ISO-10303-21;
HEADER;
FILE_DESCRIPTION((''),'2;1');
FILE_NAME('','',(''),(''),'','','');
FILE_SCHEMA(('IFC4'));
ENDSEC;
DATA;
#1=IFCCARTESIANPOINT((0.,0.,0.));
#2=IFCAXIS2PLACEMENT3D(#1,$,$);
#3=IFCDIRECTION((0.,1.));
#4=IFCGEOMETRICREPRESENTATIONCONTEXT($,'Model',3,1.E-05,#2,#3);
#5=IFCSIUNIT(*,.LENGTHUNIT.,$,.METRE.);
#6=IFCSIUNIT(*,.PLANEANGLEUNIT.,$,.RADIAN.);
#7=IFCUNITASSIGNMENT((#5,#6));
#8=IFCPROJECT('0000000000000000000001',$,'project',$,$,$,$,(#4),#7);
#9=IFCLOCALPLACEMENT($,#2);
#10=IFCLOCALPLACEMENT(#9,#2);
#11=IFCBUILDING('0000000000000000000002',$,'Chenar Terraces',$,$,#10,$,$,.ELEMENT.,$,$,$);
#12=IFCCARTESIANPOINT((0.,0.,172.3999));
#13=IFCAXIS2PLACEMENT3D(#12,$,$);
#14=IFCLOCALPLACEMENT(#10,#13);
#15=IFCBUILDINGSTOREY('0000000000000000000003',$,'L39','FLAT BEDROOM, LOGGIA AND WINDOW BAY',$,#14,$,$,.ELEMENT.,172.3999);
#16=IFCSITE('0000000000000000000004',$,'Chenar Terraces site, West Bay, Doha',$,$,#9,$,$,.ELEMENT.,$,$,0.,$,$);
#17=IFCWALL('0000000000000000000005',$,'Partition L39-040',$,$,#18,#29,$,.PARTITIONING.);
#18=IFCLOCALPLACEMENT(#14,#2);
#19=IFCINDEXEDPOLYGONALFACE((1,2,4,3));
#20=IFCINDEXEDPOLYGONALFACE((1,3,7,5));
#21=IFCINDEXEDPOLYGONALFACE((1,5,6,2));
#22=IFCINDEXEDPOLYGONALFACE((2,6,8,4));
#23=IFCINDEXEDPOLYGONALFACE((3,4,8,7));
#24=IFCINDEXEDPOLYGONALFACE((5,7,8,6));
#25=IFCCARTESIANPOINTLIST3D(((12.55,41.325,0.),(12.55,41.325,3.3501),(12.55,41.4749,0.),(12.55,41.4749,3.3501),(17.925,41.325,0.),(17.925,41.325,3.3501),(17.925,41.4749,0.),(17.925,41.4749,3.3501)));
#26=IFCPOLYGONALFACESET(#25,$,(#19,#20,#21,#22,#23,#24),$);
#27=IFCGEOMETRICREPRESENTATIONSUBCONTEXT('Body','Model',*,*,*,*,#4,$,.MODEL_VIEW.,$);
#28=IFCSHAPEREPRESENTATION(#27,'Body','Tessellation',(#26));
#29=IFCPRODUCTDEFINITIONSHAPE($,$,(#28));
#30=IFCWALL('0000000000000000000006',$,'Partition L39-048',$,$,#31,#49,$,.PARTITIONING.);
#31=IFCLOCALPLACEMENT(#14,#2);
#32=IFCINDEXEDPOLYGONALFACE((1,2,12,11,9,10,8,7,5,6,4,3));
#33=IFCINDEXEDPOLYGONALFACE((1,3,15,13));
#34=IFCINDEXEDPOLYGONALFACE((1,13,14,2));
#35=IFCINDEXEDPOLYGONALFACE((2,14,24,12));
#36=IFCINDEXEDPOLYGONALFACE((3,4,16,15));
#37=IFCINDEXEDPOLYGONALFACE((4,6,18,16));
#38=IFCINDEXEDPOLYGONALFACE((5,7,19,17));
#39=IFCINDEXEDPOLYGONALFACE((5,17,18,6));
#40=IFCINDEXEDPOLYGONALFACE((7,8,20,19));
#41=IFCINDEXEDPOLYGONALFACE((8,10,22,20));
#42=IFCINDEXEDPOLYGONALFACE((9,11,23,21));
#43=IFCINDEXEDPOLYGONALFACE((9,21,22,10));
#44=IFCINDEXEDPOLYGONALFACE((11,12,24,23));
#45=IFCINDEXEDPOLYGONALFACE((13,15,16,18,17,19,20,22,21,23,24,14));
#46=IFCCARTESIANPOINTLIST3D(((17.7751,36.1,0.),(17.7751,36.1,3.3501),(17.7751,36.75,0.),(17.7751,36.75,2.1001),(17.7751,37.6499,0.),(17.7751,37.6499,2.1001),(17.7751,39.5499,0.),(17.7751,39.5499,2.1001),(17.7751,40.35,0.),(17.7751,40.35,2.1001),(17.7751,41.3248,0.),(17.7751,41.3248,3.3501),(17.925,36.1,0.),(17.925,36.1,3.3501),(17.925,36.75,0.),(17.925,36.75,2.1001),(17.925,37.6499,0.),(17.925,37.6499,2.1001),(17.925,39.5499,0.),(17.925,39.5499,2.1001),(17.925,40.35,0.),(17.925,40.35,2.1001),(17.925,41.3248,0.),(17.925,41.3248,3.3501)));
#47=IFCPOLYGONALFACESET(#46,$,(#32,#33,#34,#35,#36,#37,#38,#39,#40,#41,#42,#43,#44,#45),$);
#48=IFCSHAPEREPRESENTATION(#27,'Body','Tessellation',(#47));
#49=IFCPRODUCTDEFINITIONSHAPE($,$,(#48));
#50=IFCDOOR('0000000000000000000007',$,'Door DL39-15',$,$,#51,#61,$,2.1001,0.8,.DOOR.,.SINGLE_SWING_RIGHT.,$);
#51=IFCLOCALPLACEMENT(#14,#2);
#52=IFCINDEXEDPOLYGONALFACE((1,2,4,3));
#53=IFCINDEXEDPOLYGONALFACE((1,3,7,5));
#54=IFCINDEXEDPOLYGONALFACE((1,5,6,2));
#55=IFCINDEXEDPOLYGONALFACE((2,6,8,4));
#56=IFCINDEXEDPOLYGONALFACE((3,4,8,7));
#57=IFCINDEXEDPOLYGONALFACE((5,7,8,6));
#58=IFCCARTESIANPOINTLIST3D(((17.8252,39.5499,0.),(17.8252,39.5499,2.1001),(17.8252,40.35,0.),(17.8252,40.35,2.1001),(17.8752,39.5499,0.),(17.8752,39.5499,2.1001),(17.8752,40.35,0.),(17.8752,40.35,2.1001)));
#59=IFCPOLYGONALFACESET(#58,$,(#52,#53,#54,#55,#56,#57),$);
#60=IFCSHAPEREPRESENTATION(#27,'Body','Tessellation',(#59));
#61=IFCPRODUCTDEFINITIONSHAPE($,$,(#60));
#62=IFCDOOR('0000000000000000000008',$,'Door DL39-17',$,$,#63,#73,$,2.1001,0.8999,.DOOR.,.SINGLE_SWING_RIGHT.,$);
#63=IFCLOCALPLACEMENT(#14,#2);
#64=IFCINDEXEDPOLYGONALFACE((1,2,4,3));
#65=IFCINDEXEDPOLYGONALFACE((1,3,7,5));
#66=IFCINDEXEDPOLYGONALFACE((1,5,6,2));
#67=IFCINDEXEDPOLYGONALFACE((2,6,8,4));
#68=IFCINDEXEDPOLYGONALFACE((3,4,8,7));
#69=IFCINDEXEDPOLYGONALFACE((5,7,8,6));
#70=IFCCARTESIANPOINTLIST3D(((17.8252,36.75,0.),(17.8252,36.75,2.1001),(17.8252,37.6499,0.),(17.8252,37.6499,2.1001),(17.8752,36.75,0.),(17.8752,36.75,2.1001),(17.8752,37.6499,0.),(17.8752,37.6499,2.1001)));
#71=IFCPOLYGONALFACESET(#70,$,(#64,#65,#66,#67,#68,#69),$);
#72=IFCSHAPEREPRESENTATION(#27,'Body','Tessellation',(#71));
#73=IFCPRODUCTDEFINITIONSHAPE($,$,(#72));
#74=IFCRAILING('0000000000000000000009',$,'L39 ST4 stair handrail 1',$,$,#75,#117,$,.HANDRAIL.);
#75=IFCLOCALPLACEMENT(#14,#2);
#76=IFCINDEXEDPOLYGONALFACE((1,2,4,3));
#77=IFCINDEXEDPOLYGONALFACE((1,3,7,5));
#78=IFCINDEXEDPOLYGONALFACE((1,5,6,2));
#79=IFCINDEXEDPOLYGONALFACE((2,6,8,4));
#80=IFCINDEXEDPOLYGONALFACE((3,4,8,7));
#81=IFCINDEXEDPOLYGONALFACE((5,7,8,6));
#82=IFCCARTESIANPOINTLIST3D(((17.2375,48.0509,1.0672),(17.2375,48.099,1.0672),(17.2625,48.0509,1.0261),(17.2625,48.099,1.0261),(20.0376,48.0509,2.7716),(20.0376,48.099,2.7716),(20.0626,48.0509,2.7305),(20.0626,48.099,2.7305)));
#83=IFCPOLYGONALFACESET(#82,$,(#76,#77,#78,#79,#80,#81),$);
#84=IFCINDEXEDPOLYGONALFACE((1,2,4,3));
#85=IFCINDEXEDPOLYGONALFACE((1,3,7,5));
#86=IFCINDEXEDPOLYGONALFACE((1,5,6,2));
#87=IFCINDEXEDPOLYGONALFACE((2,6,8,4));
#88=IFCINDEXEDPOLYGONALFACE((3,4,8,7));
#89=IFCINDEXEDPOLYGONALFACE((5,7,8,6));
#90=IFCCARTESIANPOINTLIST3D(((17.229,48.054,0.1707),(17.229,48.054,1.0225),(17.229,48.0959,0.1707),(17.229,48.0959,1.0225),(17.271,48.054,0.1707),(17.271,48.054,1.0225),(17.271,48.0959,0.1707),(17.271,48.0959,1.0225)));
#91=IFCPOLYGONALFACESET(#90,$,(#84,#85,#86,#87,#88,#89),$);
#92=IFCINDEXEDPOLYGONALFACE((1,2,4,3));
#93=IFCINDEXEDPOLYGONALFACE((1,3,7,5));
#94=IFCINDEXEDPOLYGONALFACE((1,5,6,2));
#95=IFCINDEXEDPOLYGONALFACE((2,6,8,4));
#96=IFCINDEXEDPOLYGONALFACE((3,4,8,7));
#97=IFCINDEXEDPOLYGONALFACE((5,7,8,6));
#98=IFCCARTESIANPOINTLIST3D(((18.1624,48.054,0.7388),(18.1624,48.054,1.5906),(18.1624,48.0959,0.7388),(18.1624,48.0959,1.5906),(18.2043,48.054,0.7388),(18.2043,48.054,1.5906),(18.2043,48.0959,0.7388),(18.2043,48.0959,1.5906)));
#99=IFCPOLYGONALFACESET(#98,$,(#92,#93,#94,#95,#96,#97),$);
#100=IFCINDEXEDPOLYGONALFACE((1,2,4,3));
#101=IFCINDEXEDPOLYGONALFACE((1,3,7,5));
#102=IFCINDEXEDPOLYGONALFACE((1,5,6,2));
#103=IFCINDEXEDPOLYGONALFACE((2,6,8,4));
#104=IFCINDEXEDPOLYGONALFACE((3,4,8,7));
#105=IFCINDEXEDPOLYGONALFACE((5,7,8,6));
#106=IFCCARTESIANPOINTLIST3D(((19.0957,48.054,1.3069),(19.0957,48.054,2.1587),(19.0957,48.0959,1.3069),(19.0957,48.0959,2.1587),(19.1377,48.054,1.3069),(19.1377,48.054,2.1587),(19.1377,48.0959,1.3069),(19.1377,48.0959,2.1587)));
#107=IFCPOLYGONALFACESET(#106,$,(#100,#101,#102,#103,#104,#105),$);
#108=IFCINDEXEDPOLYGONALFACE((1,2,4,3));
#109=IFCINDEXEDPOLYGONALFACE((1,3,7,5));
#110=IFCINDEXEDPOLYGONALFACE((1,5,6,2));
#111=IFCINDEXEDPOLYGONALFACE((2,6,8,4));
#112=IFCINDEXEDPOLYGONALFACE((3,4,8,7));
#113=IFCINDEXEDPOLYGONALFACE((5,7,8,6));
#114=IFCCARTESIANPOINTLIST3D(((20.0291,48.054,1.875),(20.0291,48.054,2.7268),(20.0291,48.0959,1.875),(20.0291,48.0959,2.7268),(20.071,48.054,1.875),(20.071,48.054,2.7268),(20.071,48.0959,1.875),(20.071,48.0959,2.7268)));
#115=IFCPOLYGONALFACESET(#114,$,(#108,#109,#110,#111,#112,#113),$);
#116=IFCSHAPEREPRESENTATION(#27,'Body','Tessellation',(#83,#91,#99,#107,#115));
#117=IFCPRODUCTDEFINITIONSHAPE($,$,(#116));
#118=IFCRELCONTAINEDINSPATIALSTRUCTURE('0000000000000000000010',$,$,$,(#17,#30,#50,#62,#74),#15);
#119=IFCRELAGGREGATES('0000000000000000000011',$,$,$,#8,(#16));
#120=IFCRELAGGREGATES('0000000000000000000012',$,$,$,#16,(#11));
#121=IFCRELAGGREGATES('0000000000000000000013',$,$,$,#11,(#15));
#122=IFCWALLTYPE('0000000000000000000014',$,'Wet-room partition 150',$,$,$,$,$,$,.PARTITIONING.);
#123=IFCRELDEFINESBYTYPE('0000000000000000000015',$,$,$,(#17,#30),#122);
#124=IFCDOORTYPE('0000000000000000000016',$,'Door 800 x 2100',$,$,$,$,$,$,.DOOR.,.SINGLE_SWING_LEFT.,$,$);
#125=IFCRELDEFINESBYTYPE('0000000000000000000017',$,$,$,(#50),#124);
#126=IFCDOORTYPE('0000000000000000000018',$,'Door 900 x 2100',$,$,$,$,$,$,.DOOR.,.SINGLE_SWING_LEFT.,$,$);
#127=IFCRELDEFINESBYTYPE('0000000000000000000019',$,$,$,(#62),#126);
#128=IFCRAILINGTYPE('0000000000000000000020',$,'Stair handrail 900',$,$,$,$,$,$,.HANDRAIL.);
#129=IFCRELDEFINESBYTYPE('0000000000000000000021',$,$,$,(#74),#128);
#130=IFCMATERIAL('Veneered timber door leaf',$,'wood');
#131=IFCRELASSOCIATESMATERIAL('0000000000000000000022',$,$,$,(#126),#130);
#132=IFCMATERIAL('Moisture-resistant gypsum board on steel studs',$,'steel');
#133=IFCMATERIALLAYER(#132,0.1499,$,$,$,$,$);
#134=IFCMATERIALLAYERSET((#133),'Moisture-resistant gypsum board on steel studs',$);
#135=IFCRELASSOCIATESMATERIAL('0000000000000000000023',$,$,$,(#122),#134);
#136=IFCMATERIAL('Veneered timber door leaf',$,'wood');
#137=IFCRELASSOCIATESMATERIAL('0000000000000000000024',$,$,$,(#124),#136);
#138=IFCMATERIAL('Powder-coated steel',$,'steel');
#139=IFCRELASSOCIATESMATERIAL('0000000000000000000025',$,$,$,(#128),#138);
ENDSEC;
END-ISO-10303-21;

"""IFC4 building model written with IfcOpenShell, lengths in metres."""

from ifc_helpers import new_model, si_unit, direction, frame, frame_2d, origin, origin_2d, place, context, subcontext, project, spatial, rectangle, extrude, material, layer, layer_set, type_object, element, fill, save


model = new_model("IFC4")

# Units and contexts
model_context = context("Model", 3, precision=1e-05, world=origin(), true_north=direction((0.0, 1.0)))
body_context = subcontext(model_context, "Body", "Model", "MODEL_VIEW")
ifc_project = project(units=[si_unit("LENGTHUNIT", "METRE"), si_unit("PLANEANGLEUNIT", "RADIAN")], contexts=[model_context])

# Site, building, storey
site_placement = place(None, origin())
site = spatial("IfcSite", under=ifc_project, at=site_placement, Name="Chenar Terraces site, West Bay, Doha", CompositionType="ELEMENT", RefElevation=0.0)
building_placement = place(site_placement, origin())
building = spatial("IfcBuilding", under=site, at=building_placement, Name="Chenar Terraces", CompositionType="ELEMENT")
storey_placement = place(building_placement, frame((0.0, 0.0, 172.3999)))
storey = spatial("IfcBuildingStorey", under=building, at=storey_placement, Name="L39", Description="FLAT BEDROOM, LOGGIA AND WINDOW BAY", CompositionType="ELEMENT", Elevation=172.3999)

# Shared definitions
ifc_material_1 = material(Name="Veneered timber door leaf", Category="wood")
door_type_1 = type_object("IfcDoorType", Name="Door 900 x 2100", OperationType="SINGLE_SWING_LEFT", PredefinedType="DOOR", material=ifc_material_1)

# Wall
ifc_material_2 = material(Name="Moisture-resistant gypsum board on steel studs", Category="steel")
ifc_layer_1 = layer(ifc_material_2, 0.1499)
ifc_layer_set_1 = layer_set([ifc_layer_1], Name="Moisture-resistant gypsum board on steel studs")
wall_type_1 = type_object("IfcWallType", Name="Wet-room partition 150", PredefinedType="PARTITIONING", material=ifc_layer_set_1)
wall_1_placement = place(storey_placement, frame((12.55, 41.3999, 0.0), z_axis=(0.0, 0.0, 1.0), x_axis=(1.0, 0.0, 0.0)))
element("IfcWall", 1, at=wall_1_placement, inside=storey, type_object=wall_type_1, Name="Partition L39-040", PredefinedType="PARTITIONING", context=body_context, shape_type="SweptSolid", body=[
    extrude(rectangle(XDim=5.375, YDim=0.1499, at=frame_2d((2.6875, 0.0))), origin(), (0.0, 0.0, 1.0), 3.3501),
])

# Wall, openings, doors
wall_2_placement = place(storey_placement, frame((17.8501, 36.1001, 0.0), z_axis=(0.0, 0.0, 1.0), x_axis=(0.0, 1.0, 0.0)))
wall_2 = element("IfcWall", 2, at=wall_2_placement, inside=storey, type_object=wall_type_1, Name="Partition L39-048", PredefinedType="PARTITIONING", context=body_context, shape_type="SweptSolid", body=[
    extrude(rectangle(XDim=5.2249, YDim=0.1499, at=frame_2d((2.6123, 0.0))), origin(), (0.0, 0.0, 1.0), 3.3501),
])
opening_1_placement = place(wall_2_placement, frame((3.45, 0.0, 0.0)))
opening_1 = element("IfcOpeningElement", 3, at=opening_1_placement, cuts=wall_2, PredefinedType="OPENING", context=body_context, shape_type="SweptSolid", body=[
    extrude(rectangle(XDim=0.8, YDim=2.1001, at=frame_2d((0.3999, 1.05))), frame((0.0, 0.085, 0.0), z_axis=(0.0, -1.0, 0.0), x_axis=(1.0, 0.0, 0.0)), (0.0, 0.0, 1.0), 0.1699),
])
opening_2_placement = place(wall_2_placement, frame((0.6499, 0.0, 0.0)))
opening_2 = element("IfcOpeningElement", 4, at=opening_2_placement, cuts=wall_2, PredefinedType="OPENING", context=body_context, shape_type="SweptSolid", body=[
    extrude(rectangle(XDim=0.8999, YDim=2.1001, at=frame_2d((0.45, 1.05))), frame((0.0, 0.085, 0.0), z_axis=(0.0, -1.0, 0.0), x_axis=(1.0, 0.0, 0.0)), (0.0, 0.0, 1.0), 0.1699),
])
ifc_material_3 = material(Name="Veneered timber door leaf", Category="wood")
door_type_2 = type_object("IfcDoorType", Name="Door 800 x 2100", OperationType="SINGLE_SWING_LEFT", PredefinedType="DOOR", material=ifc_material_3)
door_1_placement = place(opening_1_placement, origin())
door_1 = element("IfcDoor", 5, at=door_1_placement, inside=storey, type_object=door_type_2, Name="Door DL39-15", OperationType="SINGLE_SWING_RIGHT", OverallHeight=2.1001, OverallWidth=0.8, PredefinedType="DOOR", context=body_context, shape_type="SweptSolid", body=[
    extrude(rectangle(XDim=0.8, YDim=2.1001, at=frame_2d((0.3999, 1.05))), frame((0.0, 0.0249, 0.0), z_axis=(0.0, -1.0, 0.0), x_axis=(1.0, 0.0, 0.0)), (0.0, 0.0, 1.0), 0.05),
])
fill(opening_1, door_1)
door_2_placement = place(opening_2_placement, origin())
door_2 = element("IfcDoor", 6, at=door_2_placement, inside=storey, type_object=door_type_1, Name="Door DL39-17", OperationType="SINGLE_SWING_RIGHT", OverallHeight=2.1001, OverallWidth=0.8999, PredefinedType="DOOR", context=body_context, shape_type="SweptSolid", body=[
    extrude(rectangle(XDim=0.8999, YDim=2.1001, at=frame_2d((0.45, 1.05))), frame((0.0, 0.0249, 0.0), z_axis=(0.0, -1.0, 0.0), x_axis=(1.0, 0.0, 0.0)), (0.0, 0.0, 1.0), 0.05),
])
fill(opening_2, door_2)

# Railing
ifc_material_4 = material(Name="Powder-coated steel", Category="steel")
railing_type = type_object("IfcRailingType", Name="Stair handrail 900", PredefinedType="HANDRAIL", material=ifc_material_4)
railing_placement = place(storey_placement, frame((17.25, 48.075, 0.1707)))
element("IfcRailing", 7, at=railing_placement, inside=storey, type_object=railing_type, Name="L39 ST4 stair handrail 1", PredefinedType="HANDRAIL", context=body_context, shape_type="SweptSolid", body=[
    extrude(rectangle(XDim=0.0481, YDim=0.0481, at=origin_2d()), frame((0.0, 0.0, 0.876), z_axis=(0.854203, 0.0, 0.51994), x_axis=(0.0, 1.0, 0.0)), (0.0, 0.0, 1.0), 3.2781),
    extrude(rectangle(XDim=0.042, YDim=0.042, at=origin_2d()), origin(), (0.0, 0.0, 1.0), 0.8518),
    extrude(rectangle(XDim=0.042, YDim=0.042, at=origin_2d()), frame((0.9333, 0.0, 0.5681)), (0.0, 0.0, 1.0), 0.8518),
    extrude(rectangle(XDim=0.042, YDim=0.042, at=origin_2d()), frame((1.8667, 0.0, 1.1362)), (0.0, 0.0, 1.0), 0.8518),
    extrude(rectangle(XDim=0.042, YDim=0.042, at=origin_2d()), frame((2.8, 0.0, 1.7043)), (0.0, 0.0, 1.0), 0.8518),
])

save(model, "model.ifc")
